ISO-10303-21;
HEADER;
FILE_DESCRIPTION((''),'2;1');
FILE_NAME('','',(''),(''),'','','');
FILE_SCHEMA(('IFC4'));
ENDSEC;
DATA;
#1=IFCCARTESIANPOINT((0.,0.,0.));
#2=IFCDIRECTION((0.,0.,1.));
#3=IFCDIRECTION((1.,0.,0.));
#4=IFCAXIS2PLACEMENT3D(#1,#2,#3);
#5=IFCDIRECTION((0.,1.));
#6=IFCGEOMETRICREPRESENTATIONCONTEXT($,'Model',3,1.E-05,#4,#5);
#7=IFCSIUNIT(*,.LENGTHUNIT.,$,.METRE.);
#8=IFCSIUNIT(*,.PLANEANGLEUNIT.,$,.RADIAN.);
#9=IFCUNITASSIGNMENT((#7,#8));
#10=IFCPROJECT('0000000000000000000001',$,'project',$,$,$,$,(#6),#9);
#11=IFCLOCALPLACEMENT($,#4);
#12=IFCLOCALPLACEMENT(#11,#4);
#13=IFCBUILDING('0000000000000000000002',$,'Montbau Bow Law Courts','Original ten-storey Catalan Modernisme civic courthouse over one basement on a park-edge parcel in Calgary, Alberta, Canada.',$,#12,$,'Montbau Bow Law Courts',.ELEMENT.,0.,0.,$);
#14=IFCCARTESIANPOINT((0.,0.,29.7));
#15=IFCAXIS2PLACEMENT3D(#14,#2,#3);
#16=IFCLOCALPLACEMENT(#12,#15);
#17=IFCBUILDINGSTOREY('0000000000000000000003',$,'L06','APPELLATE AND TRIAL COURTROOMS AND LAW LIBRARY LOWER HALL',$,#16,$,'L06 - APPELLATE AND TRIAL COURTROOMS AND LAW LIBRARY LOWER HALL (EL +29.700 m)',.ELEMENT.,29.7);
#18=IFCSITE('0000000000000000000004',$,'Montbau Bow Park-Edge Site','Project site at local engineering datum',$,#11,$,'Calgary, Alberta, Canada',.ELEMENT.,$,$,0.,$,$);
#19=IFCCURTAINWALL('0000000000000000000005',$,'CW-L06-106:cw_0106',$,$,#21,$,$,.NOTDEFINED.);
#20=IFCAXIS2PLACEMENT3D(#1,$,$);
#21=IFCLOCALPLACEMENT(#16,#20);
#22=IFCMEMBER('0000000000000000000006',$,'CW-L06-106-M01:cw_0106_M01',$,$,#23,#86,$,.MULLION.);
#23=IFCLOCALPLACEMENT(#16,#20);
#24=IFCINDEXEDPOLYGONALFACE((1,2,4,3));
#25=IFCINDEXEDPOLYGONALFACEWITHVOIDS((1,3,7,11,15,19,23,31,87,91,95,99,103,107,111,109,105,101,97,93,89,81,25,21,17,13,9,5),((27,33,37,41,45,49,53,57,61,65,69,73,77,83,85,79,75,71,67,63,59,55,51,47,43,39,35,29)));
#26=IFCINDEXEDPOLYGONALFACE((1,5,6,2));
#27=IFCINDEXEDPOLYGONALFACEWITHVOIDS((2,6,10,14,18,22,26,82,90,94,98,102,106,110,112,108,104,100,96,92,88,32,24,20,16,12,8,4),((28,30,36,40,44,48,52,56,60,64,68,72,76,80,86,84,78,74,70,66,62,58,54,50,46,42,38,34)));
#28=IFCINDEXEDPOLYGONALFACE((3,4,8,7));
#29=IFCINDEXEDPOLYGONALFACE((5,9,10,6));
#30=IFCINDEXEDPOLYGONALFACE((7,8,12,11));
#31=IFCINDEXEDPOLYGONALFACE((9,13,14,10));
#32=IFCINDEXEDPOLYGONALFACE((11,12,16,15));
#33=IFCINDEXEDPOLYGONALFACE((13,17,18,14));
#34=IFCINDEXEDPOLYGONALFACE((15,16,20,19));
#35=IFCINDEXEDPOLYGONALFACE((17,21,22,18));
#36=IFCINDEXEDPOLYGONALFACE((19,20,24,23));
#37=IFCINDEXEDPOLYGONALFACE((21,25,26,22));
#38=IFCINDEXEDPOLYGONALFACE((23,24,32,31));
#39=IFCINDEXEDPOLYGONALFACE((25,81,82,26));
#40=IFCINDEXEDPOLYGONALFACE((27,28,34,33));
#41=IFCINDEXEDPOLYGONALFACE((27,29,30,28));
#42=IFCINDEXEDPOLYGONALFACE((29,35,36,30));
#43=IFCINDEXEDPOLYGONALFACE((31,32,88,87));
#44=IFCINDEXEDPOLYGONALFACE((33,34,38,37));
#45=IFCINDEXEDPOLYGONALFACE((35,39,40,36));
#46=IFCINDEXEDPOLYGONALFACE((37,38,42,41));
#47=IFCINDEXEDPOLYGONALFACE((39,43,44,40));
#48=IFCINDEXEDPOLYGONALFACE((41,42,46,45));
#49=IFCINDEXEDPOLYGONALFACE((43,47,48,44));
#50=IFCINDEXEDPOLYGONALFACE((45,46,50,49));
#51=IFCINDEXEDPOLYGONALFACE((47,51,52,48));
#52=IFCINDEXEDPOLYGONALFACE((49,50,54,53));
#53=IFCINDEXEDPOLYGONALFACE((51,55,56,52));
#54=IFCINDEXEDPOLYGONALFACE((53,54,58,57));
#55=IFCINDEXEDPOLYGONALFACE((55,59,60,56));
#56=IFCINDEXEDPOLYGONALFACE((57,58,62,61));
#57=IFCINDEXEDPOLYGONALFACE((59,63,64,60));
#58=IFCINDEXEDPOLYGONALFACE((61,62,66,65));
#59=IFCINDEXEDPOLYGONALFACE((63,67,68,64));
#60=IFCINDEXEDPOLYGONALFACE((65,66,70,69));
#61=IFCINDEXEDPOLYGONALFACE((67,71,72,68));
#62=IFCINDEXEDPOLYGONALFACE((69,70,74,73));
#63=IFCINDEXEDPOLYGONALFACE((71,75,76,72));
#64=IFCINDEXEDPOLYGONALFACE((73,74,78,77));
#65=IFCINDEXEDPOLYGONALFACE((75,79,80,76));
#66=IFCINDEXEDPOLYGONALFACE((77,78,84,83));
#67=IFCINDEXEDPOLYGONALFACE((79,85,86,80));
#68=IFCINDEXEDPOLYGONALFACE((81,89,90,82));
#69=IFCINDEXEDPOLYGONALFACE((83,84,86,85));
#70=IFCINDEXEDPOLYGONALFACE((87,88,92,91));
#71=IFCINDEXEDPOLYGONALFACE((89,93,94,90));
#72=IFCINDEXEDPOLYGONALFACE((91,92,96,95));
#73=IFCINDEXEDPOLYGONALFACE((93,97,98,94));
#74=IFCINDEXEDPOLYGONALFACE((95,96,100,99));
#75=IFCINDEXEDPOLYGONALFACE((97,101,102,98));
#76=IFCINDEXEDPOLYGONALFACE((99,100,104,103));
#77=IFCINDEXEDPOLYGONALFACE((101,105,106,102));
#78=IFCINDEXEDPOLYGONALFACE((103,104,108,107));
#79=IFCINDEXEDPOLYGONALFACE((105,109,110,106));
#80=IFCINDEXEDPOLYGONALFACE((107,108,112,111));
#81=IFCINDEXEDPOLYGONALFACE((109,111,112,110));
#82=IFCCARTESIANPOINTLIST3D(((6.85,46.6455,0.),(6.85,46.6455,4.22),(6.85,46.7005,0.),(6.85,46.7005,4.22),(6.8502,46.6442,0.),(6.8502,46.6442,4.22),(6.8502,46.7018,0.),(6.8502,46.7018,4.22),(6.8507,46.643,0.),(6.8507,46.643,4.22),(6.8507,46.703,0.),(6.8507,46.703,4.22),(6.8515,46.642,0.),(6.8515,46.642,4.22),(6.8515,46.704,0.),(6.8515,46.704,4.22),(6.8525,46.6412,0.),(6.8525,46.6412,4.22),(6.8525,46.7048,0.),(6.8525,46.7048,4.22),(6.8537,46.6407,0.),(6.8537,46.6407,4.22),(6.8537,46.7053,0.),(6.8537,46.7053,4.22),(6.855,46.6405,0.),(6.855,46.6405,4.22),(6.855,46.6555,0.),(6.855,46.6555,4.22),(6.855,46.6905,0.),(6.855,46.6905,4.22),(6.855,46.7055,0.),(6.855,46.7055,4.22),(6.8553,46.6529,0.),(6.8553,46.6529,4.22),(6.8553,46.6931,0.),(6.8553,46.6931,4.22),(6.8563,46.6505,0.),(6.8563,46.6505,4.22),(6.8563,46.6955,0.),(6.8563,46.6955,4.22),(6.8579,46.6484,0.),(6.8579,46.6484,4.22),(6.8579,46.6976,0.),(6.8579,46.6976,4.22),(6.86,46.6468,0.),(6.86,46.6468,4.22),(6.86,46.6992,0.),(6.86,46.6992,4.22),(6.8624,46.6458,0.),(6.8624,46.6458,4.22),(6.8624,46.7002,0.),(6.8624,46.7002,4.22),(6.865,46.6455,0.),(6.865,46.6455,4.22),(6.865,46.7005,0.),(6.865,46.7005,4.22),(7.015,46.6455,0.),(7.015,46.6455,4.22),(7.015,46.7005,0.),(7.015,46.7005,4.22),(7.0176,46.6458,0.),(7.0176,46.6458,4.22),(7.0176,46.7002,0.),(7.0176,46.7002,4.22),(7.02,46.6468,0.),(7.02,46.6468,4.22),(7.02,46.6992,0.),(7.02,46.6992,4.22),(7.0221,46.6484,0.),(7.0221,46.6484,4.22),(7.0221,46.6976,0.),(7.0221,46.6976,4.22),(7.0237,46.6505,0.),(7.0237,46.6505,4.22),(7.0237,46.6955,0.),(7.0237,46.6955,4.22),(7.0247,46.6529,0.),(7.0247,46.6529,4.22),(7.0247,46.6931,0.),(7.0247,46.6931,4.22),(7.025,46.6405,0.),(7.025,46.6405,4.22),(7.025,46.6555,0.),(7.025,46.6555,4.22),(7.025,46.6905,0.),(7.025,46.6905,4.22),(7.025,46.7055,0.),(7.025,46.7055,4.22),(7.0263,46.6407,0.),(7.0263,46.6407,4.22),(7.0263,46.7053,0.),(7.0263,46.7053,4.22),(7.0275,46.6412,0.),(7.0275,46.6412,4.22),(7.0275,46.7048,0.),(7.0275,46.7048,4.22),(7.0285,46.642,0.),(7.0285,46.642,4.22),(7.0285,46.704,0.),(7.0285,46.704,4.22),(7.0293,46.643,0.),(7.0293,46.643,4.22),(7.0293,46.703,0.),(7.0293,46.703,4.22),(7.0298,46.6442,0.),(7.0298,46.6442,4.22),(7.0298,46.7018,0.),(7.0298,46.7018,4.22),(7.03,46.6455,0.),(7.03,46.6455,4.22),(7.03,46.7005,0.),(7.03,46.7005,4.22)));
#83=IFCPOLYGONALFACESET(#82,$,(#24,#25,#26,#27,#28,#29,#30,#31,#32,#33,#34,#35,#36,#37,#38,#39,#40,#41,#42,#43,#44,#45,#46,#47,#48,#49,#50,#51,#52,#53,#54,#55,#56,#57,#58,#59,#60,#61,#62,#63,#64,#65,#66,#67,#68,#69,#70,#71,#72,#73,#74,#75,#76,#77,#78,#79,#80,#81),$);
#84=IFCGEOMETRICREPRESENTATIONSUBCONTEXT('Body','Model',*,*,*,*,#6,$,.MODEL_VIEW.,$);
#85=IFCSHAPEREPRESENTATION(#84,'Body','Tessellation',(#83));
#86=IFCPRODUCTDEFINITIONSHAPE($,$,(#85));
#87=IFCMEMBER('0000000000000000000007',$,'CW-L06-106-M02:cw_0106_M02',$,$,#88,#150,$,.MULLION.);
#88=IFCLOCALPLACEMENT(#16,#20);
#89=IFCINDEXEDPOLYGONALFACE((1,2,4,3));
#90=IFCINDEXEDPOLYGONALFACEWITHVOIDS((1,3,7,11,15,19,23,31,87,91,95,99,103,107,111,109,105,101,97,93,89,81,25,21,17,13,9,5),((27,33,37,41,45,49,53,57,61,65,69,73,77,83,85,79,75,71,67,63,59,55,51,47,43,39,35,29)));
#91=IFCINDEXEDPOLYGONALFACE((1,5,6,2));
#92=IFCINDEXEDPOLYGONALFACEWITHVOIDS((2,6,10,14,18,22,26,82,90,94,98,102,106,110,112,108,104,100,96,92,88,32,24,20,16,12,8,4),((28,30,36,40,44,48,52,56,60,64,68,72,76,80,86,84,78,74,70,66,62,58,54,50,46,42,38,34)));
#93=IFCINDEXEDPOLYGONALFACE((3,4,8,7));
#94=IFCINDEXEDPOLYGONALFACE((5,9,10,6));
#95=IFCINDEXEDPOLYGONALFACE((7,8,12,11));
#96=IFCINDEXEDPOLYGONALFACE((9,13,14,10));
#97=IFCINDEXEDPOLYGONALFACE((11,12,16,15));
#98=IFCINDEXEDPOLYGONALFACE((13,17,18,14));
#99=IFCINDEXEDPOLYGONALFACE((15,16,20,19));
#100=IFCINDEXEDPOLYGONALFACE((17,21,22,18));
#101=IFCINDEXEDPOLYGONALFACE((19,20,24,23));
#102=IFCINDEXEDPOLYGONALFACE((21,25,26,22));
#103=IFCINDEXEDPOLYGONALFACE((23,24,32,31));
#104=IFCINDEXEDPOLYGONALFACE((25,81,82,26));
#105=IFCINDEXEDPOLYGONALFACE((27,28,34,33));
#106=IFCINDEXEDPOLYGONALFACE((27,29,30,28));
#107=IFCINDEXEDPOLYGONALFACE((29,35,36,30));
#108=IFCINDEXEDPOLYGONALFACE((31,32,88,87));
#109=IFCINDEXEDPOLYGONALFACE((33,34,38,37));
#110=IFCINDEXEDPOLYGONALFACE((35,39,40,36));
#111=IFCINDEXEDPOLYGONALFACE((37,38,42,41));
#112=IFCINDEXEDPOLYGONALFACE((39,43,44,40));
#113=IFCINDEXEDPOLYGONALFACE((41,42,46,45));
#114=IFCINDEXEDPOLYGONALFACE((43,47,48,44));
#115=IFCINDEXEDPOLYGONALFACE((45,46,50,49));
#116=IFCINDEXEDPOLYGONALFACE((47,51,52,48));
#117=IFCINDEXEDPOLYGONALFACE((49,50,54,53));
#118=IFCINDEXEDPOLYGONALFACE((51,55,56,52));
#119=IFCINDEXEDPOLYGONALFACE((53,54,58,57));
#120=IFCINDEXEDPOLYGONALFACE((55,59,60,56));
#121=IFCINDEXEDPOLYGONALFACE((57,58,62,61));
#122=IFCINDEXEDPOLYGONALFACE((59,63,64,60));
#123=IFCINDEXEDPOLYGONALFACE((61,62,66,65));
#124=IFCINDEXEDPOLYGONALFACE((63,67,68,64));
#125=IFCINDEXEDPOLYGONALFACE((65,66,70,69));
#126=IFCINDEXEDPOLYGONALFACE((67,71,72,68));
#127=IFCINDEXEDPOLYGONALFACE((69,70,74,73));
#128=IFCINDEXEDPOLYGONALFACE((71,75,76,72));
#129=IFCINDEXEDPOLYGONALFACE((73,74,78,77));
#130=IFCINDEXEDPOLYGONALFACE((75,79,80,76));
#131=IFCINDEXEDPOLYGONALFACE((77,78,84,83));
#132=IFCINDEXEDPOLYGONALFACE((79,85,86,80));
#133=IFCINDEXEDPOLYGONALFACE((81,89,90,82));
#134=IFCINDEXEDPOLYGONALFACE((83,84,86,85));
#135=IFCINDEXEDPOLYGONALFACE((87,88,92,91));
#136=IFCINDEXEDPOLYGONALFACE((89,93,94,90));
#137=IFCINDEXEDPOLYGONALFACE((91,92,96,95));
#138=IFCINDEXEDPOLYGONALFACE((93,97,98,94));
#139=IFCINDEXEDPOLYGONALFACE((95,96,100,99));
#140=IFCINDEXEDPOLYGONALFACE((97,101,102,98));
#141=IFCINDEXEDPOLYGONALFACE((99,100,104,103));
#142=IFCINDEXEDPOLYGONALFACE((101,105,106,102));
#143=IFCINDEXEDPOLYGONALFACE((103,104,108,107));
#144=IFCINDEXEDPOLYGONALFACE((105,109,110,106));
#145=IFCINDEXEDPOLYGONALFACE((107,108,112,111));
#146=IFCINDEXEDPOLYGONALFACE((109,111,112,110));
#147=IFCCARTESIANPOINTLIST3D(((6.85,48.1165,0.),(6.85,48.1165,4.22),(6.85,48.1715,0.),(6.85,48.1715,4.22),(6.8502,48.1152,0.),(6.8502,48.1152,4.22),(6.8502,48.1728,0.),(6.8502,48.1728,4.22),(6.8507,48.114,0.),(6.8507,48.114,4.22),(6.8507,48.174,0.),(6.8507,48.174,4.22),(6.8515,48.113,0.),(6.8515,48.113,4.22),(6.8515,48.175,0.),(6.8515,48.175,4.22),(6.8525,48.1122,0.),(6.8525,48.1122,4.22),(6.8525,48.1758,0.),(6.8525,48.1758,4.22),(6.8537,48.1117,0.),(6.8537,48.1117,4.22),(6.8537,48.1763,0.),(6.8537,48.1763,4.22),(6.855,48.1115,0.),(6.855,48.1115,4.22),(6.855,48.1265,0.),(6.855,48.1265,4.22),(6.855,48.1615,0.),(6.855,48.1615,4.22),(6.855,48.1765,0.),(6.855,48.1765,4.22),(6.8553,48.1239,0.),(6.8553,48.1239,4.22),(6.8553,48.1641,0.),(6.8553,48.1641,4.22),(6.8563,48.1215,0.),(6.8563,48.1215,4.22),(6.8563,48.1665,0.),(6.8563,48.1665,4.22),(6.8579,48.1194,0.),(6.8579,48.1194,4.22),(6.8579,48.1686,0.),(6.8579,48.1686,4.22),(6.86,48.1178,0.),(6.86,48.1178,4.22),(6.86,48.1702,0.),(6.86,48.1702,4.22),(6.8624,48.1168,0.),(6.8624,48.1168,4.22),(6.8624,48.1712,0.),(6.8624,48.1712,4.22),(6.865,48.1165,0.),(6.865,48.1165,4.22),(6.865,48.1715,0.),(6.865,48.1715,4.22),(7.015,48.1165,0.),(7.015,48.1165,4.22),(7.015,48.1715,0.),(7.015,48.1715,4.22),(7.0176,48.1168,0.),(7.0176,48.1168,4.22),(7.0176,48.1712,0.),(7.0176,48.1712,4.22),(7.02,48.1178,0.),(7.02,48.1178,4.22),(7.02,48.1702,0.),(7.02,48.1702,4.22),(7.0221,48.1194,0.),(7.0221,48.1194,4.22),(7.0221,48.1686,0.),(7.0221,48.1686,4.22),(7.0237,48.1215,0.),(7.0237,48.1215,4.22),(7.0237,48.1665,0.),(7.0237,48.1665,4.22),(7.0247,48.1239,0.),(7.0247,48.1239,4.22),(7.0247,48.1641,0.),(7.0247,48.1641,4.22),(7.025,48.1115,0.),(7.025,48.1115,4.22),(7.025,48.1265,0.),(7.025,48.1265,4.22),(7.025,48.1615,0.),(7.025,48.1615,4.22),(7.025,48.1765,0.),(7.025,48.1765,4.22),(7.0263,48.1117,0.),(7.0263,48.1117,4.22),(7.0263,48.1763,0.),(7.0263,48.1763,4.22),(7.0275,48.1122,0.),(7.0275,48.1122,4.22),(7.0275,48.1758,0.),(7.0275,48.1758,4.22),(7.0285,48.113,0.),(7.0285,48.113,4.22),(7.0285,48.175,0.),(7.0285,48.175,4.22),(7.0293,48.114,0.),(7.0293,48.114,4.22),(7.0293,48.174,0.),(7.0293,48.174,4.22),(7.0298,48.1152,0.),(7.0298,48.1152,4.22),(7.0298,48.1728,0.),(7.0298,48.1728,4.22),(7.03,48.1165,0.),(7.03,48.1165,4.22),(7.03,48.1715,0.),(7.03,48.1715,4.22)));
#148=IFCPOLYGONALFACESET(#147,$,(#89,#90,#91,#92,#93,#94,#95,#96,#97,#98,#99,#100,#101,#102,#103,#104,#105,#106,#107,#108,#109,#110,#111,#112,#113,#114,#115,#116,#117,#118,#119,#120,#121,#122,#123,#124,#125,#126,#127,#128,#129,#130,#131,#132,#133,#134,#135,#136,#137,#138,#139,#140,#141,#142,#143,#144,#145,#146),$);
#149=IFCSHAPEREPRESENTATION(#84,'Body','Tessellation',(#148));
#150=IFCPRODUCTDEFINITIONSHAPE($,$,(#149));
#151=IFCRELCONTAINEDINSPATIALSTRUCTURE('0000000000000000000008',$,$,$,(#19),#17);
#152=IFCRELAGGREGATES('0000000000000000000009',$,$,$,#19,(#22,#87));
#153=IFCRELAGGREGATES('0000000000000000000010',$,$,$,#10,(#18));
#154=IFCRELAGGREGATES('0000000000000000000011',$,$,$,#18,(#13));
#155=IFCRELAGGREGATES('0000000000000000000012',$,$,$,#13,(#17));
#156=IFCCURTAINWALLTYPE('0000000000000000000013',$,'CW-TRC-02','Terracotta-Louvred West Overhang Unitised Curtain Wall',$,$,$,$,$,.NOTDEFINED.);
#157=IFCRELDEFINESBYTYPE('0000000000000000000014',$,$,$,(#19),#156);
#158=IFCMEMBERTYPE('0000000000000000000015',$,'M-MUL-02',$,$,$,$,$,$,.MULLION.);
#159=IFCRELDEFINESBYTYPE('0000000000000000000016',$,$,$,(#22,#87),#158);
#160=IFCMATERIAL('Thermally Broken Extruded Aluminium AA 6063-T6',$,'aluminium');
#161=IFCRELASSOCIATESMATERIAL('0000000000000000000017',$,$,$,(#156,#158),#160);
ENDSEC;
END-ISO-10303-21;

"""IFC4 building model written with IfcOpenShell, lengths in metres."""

from ifc_helpers import new_model, si_unit, direction, frame, origin_with_axes, origin_2d_with_axis, place, context, subcontext, project, spatial, hollow_rectangle, extrude, material, material_profile, profile_set, type_object, element, aggregate, save


model = new_model("IFC4")

# Units and contexts
model_context = context("Model", 3, precision=1e-05, world=origin_with_axes(), true_north=direction((0.0, 1.0)))
body_context = subcontext(model_context, "Body", "Model", "MODEL_VIEW")
ifc_project = project(units=[si_unit("LENGTHUNIT", "METRE"), si_unit("PLANEANGLEUNIT", "RADIAN")], contexts=[model_context])

# Site, building, storey
site_placement = place(None, origin_with_axes())
site = spatial("IfcSite", under=ifc_project, at=site_placement, Name="Montbau Bow Park-Edge Site", Description="Project site at local engineering datum", LongName="Calgary, Alberta, Canada", CompositionType="ELEMENT", RefElevation=0.0)
building_placement = place(site_placement, origin_with_axes())
building = spatial("IfcBuilding", under=site, at=building_placement, Name="Montbau Bow Law Courts", Description="Original ten-storey Catalan Modernisme civic courthouse over one basement on a park-edge parcel in Calgary, Alberta, Canada.", LongName="Montbau Bow Law Courts", CompositionType="ELEMENT", ElevationOfRefHeight=0.0, ElevationOfTerrain=0.0)
storey_placement = place(building_placement, frame((0.0, 0.0, 29.7), z_axis=(0.0, 0.0, 1.0), x_axis=(1.0, 0.0, 0.0)))
storey = spatial("IfcBuildingStorey", under=building, at=storey_placement, Name="L06", Description="APPELLATE AND TRIAL COURTROOMS AND LAW LIBRARY LOWER HALL", LongName="L06 - APPELLATE AND TRIAL COURTROOMS AND LAW LIBRARY LOWER HALL (EL +29.700 m)", CompositionType="ELEMENT", Elevation=29.7)

# Shared definitions
ifc_material_1 = material(Name="Thermally Broken Extruded Aluminium AA 6063-T6", Category="aluminium")
curtain_wall_type = type_object("IfcCurtainWallType", Name="CW-TRC-02", Description="Terracotta-Louvred West Overhang Unitised Curtain Wall", PredefinedType="NOTDEFINED", material=ifc_material_1)

# Curtain wall, members
curtain_wall_1_placement = place(None, frame((6.94, 46.64, 29.7), z_axis=(0.0, 0.0, 1.0), x_axis=(1.0, 0.0, 0.0)))
curtain_wall_1 = element("IfcCurtainWall", 1, at=curtain_wall_1_placement, inside=storey, type_object=curtain_wall_type, Name="CW-L06-106:cw_0106", PredefinedType="NOTDEFINED")
ifc_material_profile_1 = material_profile(ifc_material_1, hollow_rectangle(XDim=0.065, YDim=0.18, WallThickness=0.005, InnerFilletRadius=0.01, OuterFilletRadius=0.005, at=origin_2d_with_axis()), Name="CWM-180X65", Category="Main", Priority=0)
ifc_profile_set_1 = profile_set([ifc_material_profile_1], Name="Thermally Broken Extruded Aluminium AA 6063-T6")
member_type_1 = type_object("IfcMemberType", Name="M-MUL-02", PredefinedType="MULLION", material=ifc_profile_set_1)
member_1_placement = place(None, frame((6.94, 46.673, 29.7), z_axis=(0.0, 0.0, 1.0), x_axis=(0.0, 1.0, 0.0)))
member_1 = element("IfcMember", 2, at=member_1_placement, type_object=member_type_1, Name="CW-L06-106-M01:cw_0106_M01", PredefinedType="MULLION", context=body_context, shape_type="SweptSolid", body=[
    extrude(hollow_rectangle(XDim=0.065, YDim=0.18, WallThickness=0.005, InnerFilletRadius=0.01, OuterFilletRadius=0.005, at=origin_2d_with_axis()), origin_with_axes(), (0.0, 0.0, 1.0), 4.22),
])
member_2_placement = place(None, frame((6.94, 48.144, 29.7), z_axis=(0.0, 0.0, 1.0), x_axis=(0.0, 1.0, 0.0)))
member_2 = element("IfcMember", 3, at=member_2_placement, type_object=member_type_1, Name="CW-L06-106-M02:cw_0106_M02", PredefinedType="MULLION", context=body_context, shape_type="SweptSolid", body=[
    extrude(hollow_rectangle(XDim=0.065, YDim=0.18, WallThickness=0.005, InnerFilletRadius=0.01, OuterFilletRadius=0.005, at=origin_2d_with_axis()), origin_with_axes(), (0.0, 0.0, 1.0), 4.22),
])
aggregate(curtain_wall_1, [member_1, member_2])

save(model, "model.ifc")
